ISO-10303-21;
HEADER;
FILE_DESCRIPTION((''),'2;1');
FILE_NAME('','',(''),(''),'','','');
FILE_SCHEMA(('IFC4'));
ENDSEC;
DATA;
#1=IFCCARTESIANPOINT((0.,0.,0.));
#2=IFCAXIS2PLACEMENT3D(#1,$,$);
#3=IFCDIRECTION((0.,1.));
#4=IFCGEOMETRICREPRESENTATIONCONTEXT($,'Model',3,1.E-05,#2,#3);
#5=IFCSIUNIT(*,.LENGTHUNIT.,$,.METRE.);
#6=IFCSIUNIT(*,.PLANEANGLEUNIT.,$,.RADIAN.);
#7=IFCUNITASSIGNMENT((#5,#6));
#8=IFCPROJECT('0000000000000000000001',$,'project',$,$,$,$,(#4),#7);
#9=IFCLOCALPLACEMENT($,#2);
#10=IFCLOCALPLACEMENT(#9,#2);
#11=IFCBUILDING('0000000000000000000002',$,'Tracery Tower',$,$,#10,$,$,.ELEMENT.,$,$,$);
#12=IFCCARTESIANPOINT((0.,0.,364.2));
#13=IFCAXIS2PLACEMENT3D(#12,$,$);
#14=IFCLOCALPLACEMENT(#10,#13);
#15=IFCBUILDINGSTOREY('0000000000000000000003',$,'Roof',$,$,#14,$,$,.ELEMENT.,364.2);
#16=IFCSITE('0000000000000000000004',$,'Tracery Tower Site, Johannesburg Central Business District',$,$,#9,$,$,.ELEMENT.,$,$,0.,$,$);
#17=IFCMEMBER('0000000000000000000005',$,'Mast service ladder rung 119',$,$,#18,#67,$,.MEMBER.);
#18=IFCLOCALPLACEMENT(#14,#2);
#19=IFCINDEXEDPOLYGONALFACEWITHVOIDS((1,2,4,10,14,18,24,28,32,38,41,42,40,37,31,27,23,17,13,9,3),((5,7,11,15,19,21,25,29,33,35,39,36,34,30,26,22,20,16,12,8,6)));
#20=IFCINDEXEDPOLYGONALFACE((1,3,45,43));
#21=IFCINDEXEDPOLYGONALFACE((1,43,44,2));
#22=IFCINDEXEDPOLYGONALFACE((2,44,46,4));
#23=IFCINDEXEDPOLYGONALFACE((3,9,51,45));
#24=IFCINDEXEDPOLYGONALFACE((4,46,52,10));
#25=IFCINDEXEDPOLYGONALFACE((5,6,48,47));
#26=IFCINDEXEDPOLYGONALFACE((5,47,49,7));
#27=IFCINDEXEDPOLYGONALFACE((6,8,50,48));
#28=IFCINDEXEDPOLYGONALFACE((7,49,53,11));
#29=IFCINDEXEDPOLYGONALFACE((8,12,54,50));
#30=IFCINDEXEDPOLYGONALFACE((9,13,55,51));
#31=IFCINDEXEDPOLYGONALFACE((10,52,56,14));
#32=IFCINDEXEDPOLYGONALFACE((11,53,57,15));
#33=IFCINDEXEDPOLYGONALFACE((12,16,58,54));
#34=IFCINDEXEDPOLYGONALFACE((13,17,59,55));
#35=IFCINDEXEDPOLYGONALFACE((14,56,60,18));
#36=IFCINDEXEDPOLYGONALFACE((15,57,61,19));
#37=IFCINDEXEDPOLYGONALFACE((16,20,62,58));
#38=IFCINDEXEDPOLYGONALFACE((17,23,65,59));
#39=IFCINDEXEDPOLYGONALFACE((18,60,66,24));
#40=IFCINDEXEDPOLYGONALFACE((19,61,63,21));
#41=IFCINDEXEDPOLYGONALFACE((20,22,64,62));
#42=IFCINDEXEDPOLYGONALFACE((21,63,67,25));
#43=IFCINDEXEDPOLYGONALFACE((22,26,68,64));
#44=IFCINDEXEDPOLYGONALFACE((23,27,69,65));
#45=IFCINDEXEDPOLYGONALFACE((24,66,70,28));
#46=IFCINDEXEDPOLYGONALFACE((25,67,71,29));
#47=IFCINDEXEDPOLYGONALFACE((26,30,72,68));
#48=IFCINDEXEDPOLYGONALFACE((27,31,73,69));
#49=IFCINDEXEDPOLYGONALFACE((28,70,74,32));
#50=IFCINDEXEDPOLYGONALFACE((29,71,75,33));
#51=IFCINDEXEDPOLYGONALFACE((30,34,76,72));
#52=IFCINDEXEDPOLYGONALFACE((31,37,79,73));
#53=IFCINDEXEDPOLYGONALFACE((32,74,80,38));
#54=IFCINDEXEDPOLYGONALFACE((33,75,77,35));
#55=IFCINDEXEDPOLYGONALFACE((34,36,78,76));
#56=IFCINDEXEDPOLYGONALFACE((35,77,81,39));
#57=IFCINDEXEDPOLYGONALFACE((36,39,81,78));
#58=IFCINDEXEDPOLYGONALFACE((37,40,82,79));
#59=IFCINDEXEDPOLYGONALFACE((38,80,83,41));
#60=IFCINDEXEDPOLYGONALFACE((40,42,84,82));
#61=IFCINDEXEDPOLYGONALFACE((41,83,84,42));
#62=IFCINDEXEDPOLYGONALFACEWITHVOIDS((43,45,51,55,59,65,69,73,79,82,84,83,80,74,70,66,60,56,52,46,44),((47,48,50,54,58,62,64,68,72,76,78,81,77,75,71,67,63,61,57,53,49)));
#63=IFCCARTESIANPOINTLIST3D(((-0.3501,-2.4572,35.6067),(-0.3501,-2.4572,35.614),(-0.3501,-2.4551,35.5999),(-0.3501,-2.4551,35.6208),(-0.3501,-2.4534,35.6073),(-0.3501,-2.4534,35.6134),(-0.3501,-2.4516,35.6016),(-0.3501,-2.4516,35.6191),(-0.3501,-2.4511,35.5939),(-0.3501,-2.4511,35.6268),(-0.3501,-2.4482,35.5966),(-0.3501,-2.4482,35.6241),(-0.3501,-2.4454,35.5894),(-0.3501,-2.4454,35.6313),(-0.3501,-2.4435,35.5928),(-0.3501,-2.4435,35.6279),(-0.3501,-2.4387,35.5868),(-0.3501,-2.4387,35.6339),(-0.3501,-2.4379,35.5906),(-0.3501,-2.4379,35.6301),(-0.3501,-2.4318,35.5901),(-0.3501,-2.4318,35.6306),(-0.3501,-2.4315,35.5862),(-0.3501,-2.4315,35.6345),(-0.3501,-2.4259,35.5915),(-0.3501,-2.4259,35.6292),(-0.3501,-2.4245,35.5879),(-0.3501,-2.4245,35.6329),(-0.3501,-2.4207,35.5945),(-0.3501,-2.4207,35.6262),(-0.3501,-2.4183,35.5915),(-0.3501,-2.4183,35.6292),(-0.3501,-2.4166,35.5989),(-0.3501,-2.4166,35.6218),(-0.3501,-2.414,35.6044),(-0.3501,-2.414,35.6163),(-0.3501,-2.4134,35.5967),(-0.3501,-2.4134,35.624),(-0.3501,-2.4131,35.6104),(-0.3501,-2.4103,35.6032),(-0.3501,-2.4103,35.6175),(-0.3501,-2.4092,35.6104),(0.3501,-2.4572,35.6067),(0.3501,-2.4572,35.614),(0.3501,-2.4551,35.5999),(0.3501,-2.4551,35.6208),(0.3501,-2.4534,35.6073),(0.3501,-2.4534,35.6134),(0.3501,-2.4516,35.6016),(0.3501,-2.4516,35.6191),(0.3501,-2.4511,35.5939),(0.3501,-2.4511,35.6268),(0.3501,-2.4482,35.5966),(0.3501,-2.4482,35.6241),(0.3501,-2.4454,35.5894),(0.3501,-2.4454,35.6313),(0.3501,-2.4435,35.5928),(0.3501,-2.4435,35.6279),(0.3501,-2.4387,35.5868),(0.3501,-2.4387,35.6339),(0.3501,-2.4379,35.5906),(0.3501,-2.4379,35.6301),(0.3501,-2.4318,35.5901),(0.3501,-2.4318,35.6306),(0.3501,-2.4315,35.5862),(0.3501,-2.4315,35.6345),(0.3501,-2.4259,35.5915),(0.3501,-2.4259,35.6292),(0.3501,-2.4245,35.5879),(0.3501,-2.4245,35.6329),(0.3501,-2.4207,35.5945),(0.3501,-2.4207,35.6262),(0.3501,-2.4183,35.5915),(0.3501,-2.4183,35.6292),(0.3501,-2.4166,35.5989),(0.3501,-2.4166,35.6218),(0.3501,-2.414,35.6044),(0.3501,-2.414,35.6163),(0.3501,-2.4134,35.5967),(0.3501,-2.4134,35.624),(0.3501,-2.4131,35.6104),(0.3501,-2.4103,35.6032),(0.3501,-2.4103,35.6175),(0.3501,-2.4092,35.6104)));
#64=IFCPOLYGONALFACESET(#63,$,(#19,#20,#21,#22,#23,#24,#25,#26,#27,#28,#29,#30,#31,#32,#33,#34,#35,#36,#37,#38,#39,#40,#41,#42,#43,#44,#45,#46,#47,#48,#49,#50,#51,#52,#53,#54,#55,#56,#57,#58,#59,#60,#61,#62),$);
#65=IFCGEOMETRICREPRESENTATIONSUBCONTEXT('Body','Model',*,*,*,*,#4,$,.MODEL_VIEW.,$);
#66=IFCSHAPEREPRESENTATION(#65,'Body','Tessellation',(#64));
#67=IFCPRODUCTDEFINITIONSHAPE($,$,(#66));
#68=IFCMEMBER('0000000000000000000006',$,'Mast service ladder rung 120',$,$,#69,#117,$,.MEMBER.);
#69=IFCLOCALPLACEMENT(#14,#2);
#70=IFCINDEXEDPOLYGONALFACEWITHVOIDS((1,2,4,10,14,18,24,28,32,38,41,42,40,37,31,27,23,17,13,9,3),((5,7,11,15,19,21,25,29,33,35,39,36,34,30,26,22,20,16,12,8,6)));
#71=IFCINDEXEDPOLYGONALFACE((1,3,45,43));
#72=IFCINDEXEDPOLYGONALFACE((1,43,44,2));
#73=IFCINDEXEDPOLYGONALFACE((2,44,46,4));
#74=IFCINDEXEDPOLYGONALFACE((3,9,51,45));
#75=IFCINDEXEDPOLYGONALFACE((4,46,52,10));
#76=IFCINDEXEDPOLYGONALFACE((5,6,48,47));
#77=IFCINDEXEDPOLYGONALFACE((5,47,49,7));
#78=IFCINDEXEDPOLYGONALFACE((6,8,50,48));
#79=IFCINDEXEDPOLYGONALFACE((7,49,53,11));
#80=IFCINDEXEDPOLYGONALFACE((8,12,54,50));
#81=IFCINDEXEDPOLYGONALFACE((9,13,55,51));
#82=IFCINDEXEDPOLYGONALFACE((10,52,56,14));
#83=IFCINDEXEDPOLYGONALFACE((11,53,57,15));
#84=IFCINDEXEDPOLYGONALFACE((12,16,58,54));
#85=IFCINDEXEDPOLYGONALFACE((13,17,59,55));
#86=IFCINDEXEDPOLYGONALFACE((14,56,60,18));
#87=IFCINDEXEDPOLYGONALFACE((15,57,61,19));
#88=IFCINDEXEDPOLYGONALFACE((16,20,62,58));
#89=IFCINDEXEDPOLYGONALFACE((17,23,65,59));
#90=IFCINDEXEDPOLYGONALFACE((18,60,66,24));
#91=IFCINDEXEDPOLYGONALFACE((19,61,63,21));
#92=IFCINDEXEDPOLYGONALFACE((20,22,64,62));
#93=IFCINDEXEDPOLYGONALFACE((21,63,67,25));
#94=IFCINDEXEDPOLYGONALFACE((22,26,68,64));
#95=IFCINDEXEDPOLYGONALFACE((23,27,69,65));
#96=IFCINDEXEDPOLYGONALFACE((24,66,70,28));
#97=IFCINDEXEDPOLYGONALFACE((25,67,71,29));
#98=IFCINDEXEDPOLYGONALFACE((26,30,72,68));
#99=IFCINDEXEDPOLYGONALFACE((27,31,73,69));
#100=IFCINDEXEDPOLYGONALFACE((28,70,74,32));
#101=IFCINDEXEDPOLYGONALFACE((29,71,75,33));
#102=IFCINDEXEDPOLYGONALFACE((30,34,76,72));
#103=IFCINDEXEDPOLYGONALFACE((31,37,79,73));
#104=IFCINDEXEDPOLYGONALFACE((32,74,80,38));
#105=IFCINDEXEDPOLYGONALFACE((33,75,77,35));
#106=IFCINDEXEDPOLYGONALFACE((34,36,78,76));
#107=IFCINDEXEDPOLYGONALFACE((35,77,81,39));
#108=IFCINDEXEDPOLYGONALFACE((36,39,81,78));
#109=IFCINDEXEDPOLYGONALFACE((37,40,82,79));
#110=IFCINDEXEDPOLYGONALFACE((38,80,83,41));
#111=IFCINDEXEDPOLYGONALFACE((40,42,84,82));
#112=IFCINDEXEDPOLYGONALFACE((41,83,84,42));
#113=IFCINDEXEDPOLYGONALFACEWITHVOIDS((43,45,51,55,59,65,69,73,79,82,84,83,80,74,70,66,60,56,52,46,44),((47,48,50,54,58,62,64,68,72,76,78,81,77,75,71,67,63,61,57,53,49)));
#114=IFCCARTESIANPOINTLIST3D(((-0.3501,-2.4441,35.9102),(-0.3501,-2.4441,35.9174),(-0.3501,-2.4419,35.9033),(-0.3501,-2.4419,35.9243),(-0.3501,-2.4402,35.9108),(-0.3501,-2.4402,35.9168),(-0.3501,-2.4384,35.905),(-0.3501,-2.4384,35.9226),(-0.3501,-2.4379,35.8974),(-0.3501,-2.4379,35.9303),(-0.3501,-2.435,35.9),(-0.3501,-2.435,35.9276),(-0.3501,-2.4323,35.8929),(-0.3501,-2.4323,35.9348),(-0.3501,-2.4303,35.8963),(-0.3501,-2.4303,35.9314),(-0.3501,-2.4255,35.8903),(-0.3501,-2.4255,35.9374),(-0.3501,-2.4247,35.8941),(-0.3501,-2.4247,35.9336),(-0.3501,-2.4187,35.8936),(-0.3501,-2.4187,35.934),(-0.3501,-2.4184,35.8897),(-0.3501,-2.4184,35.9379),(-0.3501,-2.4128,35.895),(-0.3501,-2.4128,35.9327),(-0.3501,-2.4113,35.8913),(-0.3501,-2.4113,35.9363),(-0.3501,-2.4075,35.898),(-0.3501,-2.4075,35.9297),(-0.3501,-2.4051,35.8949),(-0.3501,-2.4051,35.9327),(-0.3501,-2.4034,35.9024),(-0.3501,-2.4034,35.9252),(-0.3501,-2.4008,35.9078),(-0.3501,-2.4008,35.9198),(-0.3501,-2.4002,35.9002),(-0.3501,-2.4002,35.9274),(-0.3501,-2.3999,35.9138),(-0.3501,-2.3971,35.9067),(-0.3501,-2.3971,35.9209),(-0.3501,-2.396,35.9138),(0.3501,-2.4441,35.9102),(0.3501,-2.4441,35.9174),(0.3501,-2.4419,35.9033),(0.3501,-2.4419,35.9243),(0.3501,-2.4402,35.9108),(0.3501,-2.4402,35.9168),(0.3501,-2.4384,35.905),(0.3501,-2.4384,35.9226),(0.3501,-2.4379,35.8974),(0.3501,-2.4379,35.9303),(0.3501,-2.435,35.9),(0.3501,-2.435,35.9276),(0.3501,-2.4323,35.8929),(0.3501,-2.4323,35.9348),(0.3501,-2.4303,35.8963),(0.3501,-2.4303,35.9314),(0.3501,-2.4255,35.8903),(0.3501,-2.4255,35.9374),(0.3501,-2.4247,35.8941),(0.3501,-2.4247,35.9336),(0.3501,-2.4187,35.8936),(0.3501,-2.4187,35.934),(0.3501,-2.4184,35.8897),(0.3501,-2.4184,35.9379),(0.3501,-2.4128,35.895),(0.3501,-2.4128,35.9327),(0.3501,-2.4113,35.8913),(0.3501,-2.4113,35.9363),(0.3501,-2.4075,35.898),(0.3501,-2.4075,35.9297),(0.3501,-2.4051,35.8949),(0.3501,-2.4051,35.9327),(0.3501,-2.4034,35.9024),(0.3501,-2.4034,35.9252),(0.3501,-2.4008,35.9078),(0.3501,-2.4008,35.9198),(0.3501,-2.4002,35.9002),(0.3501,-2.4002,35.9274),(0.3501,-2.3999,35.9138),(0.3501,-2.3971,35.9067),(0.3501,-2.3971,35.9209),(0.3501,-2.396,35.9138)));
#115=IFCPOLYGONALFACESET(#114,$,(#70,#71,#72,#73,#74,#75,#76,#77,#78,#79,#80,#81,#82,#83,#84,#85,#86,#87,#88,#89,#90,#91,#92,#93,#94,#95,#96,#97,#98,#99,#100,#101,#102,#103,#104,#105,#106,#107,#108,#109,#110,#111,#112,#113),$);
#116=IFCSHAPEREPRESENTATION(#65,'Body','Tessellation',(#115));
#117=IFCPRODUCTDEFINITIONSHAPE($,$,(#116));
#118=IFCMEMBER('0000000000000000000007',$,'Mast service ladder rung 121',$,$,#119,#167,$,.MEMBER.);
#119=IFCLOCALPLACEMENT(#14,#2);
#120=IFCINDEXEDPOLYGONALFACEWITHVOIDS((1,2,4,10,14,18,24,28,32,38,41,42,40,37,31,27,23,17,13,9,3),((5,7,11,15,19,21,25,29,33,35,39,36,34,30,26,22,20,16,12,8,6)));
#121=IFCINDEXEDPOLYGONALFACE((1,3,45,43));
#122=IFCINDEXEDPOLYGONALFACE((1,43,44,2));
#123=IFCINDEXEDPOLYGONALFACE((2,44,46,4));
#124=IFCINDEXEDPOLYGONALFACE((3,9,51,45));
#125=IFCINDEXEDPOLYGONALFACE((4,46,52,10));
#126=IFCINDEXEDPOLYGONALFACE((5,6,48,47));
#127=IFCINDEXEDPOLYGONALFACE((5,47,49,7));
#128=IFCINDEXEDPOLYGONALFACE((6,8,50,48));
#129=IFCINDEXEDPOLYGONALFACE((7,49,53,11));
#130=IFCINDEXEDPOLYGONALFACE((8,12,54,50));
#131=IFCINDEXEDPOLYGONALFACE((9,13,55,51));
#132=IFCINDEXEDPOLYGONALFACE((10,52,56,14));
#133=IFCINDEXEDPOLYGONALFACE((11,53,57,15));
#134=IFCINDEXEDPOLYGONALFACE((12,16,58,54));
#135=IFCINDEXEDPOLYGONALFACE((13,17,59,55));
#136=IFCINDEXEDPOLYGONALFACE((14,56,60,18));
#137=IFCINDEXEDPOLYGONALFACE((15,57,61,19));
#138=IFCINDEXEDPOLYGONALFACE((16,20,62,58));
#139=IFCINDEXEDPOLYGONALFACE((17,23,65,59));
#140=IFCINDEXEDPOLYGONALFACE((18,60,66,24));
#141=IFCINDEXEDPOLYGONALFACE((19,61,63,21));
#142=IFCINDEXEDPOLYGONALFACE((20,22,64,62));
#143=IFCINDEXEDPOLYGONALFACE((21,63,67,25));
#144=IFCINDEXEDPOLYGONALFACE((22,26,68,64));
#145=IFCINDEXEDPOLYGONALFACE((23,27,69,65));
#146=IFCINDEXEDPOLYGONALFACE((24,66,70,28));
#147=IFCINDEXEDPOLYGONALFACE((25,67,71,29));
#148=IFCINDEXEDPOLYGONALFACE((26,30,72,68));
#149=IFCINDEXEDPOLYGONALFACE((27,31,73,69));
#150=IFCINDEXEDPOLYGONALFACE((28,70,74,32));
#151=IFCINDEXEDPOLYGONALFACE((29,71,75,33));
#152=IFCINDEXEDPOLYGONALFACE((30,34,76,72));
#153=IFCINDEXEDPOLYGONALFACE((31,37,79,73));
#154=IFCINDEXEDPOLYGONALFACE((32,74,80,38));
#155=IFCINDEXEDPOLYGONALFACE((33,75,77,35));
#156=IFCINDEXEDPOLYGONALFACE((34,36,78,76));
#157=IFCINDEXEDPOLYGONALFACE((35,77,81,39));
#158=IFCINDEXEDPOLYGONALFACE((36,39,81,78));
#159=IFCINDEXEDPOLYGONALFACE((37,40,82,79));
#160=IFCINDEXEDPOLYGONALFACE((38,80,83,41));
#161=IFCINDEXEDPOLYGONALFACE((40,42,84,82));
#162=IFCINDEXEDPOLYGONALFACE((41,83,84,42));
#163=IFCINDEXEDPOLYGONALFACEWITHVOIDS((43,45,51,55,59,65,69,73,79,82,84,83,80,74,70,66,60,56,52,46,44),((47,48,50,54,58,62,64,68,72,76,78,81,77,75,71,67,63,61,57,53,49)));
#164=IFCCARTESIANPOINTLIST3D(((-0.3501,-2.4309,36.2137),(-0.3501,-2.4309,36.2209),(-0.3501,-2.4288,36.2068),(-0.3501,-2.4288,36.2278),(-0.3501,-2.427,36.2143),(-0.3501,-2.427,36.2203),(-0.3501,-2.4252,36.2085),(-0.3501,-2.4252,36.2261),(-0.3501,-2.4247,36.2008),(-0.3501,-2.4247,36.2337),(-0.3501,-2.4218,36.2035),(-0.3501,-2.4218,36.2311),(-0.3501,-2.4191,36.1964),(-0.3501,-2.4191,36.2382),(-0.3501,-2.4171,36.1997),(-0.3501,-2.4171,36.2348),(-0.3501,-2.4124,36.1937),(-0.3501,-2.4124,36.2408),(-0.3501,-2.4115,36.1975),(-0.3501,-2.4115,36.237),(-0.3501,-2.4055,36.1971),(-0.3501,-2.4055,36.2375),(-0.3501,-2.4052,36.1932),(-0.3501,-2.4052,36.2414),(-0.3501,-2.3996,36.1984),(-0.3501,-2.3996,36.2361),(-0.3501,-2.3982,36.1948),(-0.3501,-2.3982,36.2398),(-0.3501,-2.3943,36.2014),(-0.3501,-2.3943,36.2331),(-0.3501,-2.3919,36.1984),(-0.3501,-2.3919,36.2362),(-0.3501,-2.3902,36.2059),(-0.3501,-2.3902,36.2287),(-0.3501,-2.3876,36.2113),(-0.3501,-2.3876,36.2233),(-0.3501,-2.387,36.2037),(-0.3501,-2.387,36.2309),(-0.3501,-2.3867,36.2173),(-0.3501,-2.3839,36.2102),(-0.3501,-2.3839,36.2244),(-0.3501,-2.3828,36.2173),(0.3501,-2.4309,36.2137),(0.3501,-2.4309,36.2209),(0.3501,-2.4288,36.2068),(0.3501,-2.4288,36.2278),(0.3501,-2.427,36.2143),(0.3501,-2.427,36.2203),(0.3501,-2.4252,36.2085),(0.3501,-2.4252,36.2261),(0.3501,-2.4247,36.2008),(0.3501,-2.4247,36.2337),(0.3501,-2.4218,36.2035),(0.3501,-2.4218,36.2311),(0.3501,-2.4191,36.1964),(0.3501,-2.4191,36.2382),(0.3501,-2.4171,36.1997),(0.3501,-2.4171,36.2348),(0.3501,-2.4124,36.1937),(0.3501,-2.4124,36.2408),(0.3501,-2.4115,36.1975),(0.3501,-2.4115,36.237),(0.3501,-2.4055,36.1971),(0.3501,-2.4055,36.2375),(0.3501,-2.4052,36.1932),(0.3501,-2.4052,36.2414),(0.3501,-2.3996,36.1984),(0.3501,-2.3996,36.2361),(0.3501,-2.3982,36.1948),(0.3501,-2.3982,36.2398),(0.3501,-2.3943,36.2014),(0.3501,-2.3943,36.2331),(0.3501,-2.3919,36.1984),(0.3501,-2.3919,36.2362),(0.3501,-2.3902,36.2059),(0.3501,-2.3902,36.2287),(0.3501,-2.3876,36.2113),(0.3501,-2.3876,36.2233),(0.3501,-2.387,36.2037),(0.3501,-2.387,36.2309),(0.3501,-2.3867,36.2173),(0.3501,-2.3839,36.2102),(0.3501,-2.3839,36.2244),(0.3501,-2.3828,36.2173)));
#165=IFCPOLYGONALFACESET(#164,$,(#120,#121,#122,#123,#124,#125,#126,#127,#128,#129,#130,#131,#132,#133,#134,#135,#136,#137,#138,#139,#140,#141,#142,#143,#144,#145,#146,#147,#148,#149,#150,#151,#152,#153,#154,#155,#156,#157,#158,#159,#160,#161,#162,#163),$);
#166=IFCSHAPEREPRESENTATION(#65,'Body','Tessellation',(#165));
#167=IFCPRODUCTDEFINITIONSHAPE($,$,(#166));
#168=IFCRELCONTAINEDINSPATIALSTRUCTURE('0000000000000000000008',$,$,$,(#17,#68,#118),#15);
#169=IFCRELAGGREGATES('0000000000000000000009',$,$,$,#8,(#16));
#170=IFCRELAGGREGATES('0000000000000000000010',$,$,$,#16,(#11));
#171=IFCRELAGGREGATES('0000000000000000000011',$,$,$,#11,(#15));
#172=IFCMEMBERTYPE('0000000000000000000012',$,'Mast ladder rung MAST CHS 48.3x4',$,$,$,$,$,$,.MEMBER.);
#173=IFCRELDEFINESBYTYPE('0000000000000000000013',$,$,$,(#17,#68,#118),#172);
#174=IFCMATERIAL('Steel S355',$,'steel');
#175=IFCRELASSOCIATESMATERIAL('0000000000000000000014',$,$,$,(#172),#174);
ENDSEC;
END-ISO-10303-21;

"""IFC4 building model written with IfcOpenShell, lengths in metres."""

from ifc_helpers import new_model, si_unit, direction, frame, origin, origin_2d, place, context, subcontext, project, spatial, hollow_circle, extrude, material, material_profile, profile_set, type_object, element, save


model = new_model("IFC4")

# Units and contexts
model_context = context("Model", 3, precision=1e-05, world=origin(), true_north=direction((0.0, 1.0)))
body_context = subcontext(model_context, "Body", "Model", "MODEL_VIEW")
ifc_project = project(units=[si_unit("LENGTHUNIT", "METRE"), si_unit("PLANEANGLEUNIT", "RADIAN")], contexts=[model_context])

# Site, building, storey
site_placement = place(None, origin())
site = spatial("IfcSite", under=ifc_project, at=site_placement, Name="Tracery Tower Site, Johannesburg Central Business District", CompositionType="ELEMENT", RefElevation=0.0)
building_placement = place(site_placement, origin())
building = spatial("IfcBuilding", under=site, at=building_placement, Name="Tracery Tower", CompositionType="ELEMENT")
storey_placement = place(building_placement, frame((0.0, 0.0, 364.2)))
storey = spatial("IfcBuildingStorey", under=building, at=storey_placement, Name="Roof", CompositionType="ELEMENT", Elevation=364.2)

# Members
ifc_material_1 = material(Name="Steel S355", Category="steel")
ifc_material_profile_1 = material_profile(ifc_material_1, hollow_circle(Radius=0.0242, WallThickness=0.0039, at=origin_2d()), Name="CHS 48.3x4")
ifc_profile_set_1 = profile_set([ifc_material_profile_1], Name="Steel S355")
member_type_1 = type_object("IfcMemberType", Name="Mast ladder rung MAST CHS 48.3x4", PredefinedType="MEMBER", material=ifc_profile_set_1)
for number, where, z_axis, x_axis, name in (
    (1, (-0.3501, -2.4333, 35.6104), (1.0, 0.0, 0.0), (0.0, 1.0, 0.0), "Mast service ladder rung 119"),
    (2, (-0.3501, -2.4202, 35.9138), (1.0, 0.0, 0.0), (0.0, 1.0, 0.0), "Mast service ladder rung 120"),
    (3, (-0.3501, -2.407, 36.2173), (1.0, 0.0, 0.0), (0.0, 1.0, 0.0), "Mast service ladder rung 121"),
):
    element("IfcMember", number, at=place(storey_placement, frame(where, z_axis=z_axis, x_axis=x_axis)), inside=storey, type_object=member_type_1, Name=name, PredefinedType="MEMBER", context=body_context, shape_type="SweptSolid", body=[
        extrude(hollow_circle(Radius=0.0242, WallThickness=0.0039, at=origin_2d()), origin(), (0.0, 0.0, 1.0), 0.7002),
    ])

save(model, "model.ifc")
